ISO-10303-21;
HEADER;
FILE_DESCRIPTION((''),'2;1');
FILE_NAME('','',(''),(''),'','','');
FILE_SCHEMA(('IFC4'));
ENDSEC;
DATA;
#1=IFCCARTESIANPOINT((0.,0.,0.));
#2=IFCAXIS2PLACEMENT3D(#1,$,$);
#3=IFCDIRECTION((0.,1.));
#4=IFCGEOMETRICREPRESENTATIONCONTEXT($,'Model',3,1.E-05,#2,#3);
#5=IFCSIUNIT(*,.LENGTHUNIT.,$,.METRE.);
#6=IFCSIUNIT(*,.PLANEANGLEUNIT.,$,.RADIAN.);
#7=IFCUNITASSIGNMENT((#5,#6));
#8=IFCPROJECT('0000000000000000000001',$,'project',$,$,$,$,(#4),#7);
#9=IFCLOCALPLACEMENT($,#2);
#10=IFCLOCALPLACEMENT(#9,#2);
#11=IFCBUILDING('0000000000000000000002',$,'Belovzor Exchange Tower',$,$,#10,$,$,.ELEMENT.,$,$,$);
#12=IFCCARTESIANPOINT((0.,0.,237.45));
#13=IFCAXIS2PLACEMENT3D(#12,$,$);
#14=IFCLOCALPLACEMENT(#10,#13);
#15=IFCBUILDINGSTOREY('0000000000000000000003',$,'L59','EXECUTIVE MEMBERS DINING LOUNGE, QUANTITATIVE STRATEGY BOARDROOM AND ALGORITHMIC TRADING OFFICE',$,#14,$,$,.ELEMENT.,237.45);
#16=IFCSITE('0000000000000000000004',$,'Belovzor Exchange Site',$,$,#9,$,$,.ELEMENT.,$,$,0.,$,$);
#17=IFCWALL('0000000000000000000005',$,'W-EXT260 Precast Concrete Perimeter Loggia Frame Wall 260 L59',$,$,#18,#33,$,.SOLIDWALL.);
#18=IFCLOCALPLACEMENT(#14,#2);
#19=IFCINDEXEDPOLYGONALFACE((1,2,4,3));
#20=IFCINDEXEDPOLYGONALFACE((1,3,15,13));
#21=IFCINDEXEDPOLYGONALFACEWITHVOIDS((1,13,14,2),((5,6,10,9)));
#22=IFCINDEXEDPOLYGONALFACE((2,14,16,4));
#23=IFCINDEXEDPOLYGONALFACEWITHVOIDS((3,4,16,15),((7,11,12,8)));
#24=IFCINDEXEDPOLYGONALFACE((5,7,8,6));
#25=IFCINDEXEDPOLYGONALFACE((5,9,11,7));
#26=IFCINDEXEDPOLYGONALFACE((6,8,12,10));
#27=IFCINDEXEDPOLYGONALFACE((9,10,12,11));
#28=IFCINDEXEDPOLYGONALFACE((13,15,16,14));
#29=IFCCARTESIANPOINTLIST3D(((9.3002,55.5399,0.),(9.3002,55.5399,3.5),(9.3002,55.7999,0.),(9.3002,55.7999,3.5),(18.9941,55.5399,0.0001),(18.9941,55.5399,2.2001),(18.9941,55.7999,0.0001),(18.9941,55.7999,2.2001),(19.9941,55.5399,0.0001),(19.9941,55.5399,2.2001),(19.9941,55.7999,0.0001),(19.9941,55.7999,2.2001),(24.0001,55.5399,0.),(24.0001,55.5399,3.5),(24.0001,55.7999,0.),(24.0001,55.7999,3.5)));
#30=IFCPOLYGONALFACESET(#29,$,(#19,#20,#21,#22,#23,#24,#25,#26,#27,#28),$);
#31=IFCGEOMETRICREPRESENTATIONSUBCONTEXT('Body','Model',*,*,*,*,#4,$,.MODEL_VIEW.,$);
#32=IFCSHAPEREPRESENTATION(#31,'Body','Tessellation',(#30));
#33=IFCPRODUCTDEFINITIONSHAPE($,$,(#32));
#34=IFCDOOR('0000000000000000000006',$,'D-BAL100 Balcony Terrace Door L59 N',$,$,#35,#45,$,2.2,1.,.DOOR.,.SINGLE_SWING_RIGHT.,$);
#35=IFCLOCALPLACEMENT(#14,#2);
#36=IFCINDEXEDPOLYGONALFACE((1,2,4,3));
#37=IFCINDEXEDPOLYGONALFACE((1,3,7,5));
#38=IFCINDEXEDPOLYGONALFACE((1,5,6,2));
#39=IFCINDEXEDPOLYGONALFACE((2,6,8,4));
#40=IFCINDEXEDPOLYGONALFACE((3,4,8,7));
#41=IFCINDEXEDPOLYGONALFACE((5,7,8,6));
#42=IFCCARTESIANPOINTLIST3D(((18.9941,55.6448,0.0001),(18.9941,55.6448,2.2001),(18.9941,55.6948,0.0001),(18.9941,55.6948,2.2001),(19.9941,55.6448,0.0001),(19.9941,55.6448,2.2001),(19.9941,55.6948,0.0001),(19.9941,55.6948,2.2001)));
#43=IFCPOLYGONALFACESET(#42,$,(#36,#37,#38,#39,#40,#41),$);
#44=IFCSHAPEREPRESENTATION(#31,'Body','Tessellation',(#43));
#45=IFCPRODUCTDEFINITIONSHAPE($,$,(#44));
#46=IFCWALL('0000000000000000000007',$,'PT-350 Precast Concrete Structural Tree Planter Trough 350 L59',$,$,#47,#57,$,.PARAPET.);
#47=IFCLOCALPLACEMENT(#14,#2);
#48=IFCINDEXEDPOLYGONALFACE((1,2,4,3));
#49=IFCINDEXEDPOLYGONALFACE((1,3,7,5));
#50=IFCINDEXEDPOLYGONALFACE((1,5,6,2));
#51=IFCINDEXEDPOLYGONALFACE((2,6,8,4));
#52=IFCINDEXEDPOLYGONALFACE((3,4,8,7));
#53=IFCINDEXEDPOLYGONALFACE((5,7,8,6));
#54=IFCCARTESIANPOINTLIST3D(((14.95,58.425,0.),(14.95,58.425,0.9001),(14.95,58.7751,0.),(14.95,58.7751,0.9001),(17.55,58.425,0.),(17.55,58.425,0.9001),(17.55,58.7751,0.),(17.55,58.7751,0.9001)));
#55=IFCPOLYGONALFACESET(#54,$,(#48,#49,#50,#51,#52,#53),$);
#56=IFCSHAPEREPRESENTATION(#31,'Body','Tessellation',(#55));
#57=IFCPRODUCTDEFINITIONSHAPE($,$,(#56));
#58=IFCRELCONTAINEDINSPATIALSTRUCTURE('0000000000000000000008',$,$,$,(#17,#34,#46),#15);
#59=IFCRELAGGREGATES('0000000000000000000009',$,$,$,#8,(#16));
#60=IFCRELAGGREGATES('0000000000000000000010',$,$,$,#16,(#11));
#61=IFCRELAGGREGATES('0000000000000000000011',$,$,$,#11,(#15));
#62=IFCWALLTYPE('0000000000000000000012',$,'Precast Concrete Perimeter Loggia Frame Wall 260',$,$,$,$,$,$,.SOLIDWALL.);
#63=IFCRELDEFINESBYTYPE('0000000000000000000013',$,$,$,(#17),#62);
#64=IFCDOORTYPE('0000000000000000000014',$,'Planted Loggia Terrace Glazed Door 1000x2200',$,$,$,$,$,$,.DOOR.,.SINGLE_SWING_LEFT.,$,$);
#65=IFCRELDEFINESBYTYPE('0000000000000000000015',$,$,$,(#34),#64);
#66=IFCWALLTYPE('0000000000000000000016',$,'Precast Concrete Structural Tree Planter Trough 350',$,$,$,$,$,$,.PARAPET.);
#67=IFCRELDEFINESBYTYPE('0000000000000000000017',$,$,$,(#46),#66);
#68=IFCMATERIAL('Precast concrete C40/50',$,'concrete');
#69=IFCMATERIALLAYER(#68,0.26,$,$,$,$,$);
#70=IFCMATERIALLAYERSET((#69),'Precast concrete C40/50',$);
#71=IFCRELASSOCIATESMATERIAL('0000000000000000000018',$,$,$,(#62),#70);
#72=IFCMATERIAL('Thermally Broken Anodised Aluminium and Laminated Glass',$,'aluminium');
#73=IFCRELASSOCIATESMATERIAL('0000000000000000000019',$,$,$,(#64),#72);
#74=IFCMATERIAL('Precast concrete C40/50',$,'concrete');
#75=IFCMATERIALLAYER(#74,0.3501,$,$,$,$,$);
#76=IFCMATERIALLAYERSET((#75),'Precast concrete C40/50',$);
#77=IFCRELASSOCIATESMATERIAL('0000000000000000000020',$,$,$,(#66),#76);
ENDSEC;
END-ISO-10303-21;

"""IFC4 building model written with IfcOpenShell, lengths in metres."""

from ifc_helpers import new_model, si_unit, direction, frame, frame_2d, origin, place, context, subcontext, project, spatial, rectangle, extrude, material, layer, layer_set, type_object, element, fill, save


model = new_model("IFC4")

# Units and contexts
model_context = context("Model", 3, precision=1e-05, world=origin(), true_north=direction((0.0, 1.0)))
body_context = subcontext(model_context, "Body", "Model", "MODEL_VIEW")
ifc_project = project(units=[si_unit("LENGTHUNIT", "METRE"), si_unit("PLANEANGLEUNIT", "RADIAN")], contexts=[model_context])

# Site, building, storey
site_placement = place(None, origin())
site = spatial("IfcSite", under=ifc_project, at=site_placement, Name="Belovzor Exchange Site", CompositionType="ELEMENT", RefElevation=0.0)
building_placement = place(site_placement, origin())
building = spatial("IfcBuilding", under=site, at=building_placement, Name="Belovzor Exchange Tower", CompositionType="ELEMENT")
storey_placement = place(building_placement, frame((0.0, 0.0, 237.45)))
storey = spatial("IfcBuildingStorey", under=building, at=storey_placement, Name="L59", Description="EXECUTIVE MEMBERS DINING LOUNGE, QUANTITATIVE STRATEGY BOARDROOM AND ALGORITHMIC TRADING OFFICE", CompositionType="ELEMENT", Elevation=237.45)

# Wall, opening, door
ifc_material_1 = material(Name="Precast concrete C40/50", Category="concrete")
ifc_layer_1 = layer(ifc_material_1, 0.26)
ifc_layer_set_1 = layer_set([ifc_layer_1], Name="Precast concrete C40/50")
wall_type_1 = type_object("IfcWallType", Name="Precast Concrete Perimeter Loggia Frame Wall 260", PredefinedType="SOLIDWALL", material=ifc_layer_set_1)
wall_1_placement = place(storey_placement, frame((9.3, 55.6699, 0.0), z_axis=(0.0, 0.0, 1.0), x_axis=(1.0, 0.0, 0.0)))
wall_1 = element("IfcWall", 1, at=wall_1_placement, inside=storey, type_object=wall_type_1, Name="W-EXT260 Precast Concrete Perimeter Loggia Frame Wall 260 L59", PredefinedType="SOLIDWALL", context=body_context, shape_type="SweptSolid", body=[
    extrude(rectangle(XDim=14.7, YDim=0.26, at=frame_2d((7.3501, 0.0))), origin(), (0.0, 0.0, 1.0), 3.5),
])
opening_1_placement = place(wall_1_placement, frame((9.6941, 0.0, 0.0)))
opening_1 = element("IfcOpeningElement", 2, at=opening_1_placement, cuts=wall_1, PredefinedType="OPENING", context=body_context, shape_type="SweptSolid", body=[
    extrude(rectangle(XDim=1.0, YDim=2.2, at=frame_2d((0.5, 1.1001))), frame((0.0, 0.1399, 0.0), z_axis=(0.0, -1.0, 0.0), x_axis=(1.0, 0.0, 0.0)), (0.0, 0.0, 1.0), 0.28),
])
ifc_material_2 = material(Name="Thermally Broken Anodised Aluminium and Laminated Glass", Category="aluminium")
door_type_1 = type_object("IfcDoorType", Name="Planted Loggia Terrace Glazed Door 1000x2200", OperationType="SINGLE_SWING_LEFT", PredefinedType="DOOR", material=ifc_material_2)
door_1_placement = place(opening_1_placement, origin())
door_1 = element("IfcDoor", 3, at=door_1_placement, inside=storey, type_object=door_type_1, Name="D-BAL100 Balcony Terrace Door L59 N", OperationType="SINGLE_SWING_RIGHT", OverallHeight=2.2, OverallWidth=1.0, PredefinedType="DOOR", context=body_context, shape_type="SweptSolid", body=[
    extrude(rectangle(XDim=1.0, YDim=2.2, at=frame_2d((0.5, 1.1001))), frame((0.0, 0.0249, 0.0), z_axis=(0.0, -1.0, 0.0), x_axis=(1.0, 0.0, 0.0)), (0.0, 0.0, 1.0), 0.05),
])
fill(opening_1, door_1)

# Wall
ifc_material_3 = material(Name="Precast concrete C40/50", Category="concrete")
ifc_layer_2 = layer(ifc_material_3, 0.3501)
ifc_layer_set_2 = layer_set([ifc_layer_2], Name="Precast concrete C40/50")
wall_type_2 = type_object("IfcWallType", Name="Precast Concrete Structural Tree Planter Trough 350", PredefinedType="PARAPET", material=ifc_layer_set_2)
wall_2_placement = place(storey_placement, frame((14.95, 58.6001, 0.0), z_axis=(0.0, 0.0, 1.0), x_axis=(1.0, 0.0, 0.0)))
element("IfcWall", 4, at=wall_2_placement, inside=storey, type_object=wall_type_2, Name="PT-350 Precast Concrete Structural Tree Planter Trough 350 L59", PredefinedType="PARAPET", context=body_context, shape_type="SweptSolid", body=[
    extrude(rectangle(XDim=2.6001, YDim=0.3501, at=frame_2d((1.3, 0.0))), origin(), (0.0, 0.0, 1.0), 0.9001),
])

save(model, "model.ifc")
